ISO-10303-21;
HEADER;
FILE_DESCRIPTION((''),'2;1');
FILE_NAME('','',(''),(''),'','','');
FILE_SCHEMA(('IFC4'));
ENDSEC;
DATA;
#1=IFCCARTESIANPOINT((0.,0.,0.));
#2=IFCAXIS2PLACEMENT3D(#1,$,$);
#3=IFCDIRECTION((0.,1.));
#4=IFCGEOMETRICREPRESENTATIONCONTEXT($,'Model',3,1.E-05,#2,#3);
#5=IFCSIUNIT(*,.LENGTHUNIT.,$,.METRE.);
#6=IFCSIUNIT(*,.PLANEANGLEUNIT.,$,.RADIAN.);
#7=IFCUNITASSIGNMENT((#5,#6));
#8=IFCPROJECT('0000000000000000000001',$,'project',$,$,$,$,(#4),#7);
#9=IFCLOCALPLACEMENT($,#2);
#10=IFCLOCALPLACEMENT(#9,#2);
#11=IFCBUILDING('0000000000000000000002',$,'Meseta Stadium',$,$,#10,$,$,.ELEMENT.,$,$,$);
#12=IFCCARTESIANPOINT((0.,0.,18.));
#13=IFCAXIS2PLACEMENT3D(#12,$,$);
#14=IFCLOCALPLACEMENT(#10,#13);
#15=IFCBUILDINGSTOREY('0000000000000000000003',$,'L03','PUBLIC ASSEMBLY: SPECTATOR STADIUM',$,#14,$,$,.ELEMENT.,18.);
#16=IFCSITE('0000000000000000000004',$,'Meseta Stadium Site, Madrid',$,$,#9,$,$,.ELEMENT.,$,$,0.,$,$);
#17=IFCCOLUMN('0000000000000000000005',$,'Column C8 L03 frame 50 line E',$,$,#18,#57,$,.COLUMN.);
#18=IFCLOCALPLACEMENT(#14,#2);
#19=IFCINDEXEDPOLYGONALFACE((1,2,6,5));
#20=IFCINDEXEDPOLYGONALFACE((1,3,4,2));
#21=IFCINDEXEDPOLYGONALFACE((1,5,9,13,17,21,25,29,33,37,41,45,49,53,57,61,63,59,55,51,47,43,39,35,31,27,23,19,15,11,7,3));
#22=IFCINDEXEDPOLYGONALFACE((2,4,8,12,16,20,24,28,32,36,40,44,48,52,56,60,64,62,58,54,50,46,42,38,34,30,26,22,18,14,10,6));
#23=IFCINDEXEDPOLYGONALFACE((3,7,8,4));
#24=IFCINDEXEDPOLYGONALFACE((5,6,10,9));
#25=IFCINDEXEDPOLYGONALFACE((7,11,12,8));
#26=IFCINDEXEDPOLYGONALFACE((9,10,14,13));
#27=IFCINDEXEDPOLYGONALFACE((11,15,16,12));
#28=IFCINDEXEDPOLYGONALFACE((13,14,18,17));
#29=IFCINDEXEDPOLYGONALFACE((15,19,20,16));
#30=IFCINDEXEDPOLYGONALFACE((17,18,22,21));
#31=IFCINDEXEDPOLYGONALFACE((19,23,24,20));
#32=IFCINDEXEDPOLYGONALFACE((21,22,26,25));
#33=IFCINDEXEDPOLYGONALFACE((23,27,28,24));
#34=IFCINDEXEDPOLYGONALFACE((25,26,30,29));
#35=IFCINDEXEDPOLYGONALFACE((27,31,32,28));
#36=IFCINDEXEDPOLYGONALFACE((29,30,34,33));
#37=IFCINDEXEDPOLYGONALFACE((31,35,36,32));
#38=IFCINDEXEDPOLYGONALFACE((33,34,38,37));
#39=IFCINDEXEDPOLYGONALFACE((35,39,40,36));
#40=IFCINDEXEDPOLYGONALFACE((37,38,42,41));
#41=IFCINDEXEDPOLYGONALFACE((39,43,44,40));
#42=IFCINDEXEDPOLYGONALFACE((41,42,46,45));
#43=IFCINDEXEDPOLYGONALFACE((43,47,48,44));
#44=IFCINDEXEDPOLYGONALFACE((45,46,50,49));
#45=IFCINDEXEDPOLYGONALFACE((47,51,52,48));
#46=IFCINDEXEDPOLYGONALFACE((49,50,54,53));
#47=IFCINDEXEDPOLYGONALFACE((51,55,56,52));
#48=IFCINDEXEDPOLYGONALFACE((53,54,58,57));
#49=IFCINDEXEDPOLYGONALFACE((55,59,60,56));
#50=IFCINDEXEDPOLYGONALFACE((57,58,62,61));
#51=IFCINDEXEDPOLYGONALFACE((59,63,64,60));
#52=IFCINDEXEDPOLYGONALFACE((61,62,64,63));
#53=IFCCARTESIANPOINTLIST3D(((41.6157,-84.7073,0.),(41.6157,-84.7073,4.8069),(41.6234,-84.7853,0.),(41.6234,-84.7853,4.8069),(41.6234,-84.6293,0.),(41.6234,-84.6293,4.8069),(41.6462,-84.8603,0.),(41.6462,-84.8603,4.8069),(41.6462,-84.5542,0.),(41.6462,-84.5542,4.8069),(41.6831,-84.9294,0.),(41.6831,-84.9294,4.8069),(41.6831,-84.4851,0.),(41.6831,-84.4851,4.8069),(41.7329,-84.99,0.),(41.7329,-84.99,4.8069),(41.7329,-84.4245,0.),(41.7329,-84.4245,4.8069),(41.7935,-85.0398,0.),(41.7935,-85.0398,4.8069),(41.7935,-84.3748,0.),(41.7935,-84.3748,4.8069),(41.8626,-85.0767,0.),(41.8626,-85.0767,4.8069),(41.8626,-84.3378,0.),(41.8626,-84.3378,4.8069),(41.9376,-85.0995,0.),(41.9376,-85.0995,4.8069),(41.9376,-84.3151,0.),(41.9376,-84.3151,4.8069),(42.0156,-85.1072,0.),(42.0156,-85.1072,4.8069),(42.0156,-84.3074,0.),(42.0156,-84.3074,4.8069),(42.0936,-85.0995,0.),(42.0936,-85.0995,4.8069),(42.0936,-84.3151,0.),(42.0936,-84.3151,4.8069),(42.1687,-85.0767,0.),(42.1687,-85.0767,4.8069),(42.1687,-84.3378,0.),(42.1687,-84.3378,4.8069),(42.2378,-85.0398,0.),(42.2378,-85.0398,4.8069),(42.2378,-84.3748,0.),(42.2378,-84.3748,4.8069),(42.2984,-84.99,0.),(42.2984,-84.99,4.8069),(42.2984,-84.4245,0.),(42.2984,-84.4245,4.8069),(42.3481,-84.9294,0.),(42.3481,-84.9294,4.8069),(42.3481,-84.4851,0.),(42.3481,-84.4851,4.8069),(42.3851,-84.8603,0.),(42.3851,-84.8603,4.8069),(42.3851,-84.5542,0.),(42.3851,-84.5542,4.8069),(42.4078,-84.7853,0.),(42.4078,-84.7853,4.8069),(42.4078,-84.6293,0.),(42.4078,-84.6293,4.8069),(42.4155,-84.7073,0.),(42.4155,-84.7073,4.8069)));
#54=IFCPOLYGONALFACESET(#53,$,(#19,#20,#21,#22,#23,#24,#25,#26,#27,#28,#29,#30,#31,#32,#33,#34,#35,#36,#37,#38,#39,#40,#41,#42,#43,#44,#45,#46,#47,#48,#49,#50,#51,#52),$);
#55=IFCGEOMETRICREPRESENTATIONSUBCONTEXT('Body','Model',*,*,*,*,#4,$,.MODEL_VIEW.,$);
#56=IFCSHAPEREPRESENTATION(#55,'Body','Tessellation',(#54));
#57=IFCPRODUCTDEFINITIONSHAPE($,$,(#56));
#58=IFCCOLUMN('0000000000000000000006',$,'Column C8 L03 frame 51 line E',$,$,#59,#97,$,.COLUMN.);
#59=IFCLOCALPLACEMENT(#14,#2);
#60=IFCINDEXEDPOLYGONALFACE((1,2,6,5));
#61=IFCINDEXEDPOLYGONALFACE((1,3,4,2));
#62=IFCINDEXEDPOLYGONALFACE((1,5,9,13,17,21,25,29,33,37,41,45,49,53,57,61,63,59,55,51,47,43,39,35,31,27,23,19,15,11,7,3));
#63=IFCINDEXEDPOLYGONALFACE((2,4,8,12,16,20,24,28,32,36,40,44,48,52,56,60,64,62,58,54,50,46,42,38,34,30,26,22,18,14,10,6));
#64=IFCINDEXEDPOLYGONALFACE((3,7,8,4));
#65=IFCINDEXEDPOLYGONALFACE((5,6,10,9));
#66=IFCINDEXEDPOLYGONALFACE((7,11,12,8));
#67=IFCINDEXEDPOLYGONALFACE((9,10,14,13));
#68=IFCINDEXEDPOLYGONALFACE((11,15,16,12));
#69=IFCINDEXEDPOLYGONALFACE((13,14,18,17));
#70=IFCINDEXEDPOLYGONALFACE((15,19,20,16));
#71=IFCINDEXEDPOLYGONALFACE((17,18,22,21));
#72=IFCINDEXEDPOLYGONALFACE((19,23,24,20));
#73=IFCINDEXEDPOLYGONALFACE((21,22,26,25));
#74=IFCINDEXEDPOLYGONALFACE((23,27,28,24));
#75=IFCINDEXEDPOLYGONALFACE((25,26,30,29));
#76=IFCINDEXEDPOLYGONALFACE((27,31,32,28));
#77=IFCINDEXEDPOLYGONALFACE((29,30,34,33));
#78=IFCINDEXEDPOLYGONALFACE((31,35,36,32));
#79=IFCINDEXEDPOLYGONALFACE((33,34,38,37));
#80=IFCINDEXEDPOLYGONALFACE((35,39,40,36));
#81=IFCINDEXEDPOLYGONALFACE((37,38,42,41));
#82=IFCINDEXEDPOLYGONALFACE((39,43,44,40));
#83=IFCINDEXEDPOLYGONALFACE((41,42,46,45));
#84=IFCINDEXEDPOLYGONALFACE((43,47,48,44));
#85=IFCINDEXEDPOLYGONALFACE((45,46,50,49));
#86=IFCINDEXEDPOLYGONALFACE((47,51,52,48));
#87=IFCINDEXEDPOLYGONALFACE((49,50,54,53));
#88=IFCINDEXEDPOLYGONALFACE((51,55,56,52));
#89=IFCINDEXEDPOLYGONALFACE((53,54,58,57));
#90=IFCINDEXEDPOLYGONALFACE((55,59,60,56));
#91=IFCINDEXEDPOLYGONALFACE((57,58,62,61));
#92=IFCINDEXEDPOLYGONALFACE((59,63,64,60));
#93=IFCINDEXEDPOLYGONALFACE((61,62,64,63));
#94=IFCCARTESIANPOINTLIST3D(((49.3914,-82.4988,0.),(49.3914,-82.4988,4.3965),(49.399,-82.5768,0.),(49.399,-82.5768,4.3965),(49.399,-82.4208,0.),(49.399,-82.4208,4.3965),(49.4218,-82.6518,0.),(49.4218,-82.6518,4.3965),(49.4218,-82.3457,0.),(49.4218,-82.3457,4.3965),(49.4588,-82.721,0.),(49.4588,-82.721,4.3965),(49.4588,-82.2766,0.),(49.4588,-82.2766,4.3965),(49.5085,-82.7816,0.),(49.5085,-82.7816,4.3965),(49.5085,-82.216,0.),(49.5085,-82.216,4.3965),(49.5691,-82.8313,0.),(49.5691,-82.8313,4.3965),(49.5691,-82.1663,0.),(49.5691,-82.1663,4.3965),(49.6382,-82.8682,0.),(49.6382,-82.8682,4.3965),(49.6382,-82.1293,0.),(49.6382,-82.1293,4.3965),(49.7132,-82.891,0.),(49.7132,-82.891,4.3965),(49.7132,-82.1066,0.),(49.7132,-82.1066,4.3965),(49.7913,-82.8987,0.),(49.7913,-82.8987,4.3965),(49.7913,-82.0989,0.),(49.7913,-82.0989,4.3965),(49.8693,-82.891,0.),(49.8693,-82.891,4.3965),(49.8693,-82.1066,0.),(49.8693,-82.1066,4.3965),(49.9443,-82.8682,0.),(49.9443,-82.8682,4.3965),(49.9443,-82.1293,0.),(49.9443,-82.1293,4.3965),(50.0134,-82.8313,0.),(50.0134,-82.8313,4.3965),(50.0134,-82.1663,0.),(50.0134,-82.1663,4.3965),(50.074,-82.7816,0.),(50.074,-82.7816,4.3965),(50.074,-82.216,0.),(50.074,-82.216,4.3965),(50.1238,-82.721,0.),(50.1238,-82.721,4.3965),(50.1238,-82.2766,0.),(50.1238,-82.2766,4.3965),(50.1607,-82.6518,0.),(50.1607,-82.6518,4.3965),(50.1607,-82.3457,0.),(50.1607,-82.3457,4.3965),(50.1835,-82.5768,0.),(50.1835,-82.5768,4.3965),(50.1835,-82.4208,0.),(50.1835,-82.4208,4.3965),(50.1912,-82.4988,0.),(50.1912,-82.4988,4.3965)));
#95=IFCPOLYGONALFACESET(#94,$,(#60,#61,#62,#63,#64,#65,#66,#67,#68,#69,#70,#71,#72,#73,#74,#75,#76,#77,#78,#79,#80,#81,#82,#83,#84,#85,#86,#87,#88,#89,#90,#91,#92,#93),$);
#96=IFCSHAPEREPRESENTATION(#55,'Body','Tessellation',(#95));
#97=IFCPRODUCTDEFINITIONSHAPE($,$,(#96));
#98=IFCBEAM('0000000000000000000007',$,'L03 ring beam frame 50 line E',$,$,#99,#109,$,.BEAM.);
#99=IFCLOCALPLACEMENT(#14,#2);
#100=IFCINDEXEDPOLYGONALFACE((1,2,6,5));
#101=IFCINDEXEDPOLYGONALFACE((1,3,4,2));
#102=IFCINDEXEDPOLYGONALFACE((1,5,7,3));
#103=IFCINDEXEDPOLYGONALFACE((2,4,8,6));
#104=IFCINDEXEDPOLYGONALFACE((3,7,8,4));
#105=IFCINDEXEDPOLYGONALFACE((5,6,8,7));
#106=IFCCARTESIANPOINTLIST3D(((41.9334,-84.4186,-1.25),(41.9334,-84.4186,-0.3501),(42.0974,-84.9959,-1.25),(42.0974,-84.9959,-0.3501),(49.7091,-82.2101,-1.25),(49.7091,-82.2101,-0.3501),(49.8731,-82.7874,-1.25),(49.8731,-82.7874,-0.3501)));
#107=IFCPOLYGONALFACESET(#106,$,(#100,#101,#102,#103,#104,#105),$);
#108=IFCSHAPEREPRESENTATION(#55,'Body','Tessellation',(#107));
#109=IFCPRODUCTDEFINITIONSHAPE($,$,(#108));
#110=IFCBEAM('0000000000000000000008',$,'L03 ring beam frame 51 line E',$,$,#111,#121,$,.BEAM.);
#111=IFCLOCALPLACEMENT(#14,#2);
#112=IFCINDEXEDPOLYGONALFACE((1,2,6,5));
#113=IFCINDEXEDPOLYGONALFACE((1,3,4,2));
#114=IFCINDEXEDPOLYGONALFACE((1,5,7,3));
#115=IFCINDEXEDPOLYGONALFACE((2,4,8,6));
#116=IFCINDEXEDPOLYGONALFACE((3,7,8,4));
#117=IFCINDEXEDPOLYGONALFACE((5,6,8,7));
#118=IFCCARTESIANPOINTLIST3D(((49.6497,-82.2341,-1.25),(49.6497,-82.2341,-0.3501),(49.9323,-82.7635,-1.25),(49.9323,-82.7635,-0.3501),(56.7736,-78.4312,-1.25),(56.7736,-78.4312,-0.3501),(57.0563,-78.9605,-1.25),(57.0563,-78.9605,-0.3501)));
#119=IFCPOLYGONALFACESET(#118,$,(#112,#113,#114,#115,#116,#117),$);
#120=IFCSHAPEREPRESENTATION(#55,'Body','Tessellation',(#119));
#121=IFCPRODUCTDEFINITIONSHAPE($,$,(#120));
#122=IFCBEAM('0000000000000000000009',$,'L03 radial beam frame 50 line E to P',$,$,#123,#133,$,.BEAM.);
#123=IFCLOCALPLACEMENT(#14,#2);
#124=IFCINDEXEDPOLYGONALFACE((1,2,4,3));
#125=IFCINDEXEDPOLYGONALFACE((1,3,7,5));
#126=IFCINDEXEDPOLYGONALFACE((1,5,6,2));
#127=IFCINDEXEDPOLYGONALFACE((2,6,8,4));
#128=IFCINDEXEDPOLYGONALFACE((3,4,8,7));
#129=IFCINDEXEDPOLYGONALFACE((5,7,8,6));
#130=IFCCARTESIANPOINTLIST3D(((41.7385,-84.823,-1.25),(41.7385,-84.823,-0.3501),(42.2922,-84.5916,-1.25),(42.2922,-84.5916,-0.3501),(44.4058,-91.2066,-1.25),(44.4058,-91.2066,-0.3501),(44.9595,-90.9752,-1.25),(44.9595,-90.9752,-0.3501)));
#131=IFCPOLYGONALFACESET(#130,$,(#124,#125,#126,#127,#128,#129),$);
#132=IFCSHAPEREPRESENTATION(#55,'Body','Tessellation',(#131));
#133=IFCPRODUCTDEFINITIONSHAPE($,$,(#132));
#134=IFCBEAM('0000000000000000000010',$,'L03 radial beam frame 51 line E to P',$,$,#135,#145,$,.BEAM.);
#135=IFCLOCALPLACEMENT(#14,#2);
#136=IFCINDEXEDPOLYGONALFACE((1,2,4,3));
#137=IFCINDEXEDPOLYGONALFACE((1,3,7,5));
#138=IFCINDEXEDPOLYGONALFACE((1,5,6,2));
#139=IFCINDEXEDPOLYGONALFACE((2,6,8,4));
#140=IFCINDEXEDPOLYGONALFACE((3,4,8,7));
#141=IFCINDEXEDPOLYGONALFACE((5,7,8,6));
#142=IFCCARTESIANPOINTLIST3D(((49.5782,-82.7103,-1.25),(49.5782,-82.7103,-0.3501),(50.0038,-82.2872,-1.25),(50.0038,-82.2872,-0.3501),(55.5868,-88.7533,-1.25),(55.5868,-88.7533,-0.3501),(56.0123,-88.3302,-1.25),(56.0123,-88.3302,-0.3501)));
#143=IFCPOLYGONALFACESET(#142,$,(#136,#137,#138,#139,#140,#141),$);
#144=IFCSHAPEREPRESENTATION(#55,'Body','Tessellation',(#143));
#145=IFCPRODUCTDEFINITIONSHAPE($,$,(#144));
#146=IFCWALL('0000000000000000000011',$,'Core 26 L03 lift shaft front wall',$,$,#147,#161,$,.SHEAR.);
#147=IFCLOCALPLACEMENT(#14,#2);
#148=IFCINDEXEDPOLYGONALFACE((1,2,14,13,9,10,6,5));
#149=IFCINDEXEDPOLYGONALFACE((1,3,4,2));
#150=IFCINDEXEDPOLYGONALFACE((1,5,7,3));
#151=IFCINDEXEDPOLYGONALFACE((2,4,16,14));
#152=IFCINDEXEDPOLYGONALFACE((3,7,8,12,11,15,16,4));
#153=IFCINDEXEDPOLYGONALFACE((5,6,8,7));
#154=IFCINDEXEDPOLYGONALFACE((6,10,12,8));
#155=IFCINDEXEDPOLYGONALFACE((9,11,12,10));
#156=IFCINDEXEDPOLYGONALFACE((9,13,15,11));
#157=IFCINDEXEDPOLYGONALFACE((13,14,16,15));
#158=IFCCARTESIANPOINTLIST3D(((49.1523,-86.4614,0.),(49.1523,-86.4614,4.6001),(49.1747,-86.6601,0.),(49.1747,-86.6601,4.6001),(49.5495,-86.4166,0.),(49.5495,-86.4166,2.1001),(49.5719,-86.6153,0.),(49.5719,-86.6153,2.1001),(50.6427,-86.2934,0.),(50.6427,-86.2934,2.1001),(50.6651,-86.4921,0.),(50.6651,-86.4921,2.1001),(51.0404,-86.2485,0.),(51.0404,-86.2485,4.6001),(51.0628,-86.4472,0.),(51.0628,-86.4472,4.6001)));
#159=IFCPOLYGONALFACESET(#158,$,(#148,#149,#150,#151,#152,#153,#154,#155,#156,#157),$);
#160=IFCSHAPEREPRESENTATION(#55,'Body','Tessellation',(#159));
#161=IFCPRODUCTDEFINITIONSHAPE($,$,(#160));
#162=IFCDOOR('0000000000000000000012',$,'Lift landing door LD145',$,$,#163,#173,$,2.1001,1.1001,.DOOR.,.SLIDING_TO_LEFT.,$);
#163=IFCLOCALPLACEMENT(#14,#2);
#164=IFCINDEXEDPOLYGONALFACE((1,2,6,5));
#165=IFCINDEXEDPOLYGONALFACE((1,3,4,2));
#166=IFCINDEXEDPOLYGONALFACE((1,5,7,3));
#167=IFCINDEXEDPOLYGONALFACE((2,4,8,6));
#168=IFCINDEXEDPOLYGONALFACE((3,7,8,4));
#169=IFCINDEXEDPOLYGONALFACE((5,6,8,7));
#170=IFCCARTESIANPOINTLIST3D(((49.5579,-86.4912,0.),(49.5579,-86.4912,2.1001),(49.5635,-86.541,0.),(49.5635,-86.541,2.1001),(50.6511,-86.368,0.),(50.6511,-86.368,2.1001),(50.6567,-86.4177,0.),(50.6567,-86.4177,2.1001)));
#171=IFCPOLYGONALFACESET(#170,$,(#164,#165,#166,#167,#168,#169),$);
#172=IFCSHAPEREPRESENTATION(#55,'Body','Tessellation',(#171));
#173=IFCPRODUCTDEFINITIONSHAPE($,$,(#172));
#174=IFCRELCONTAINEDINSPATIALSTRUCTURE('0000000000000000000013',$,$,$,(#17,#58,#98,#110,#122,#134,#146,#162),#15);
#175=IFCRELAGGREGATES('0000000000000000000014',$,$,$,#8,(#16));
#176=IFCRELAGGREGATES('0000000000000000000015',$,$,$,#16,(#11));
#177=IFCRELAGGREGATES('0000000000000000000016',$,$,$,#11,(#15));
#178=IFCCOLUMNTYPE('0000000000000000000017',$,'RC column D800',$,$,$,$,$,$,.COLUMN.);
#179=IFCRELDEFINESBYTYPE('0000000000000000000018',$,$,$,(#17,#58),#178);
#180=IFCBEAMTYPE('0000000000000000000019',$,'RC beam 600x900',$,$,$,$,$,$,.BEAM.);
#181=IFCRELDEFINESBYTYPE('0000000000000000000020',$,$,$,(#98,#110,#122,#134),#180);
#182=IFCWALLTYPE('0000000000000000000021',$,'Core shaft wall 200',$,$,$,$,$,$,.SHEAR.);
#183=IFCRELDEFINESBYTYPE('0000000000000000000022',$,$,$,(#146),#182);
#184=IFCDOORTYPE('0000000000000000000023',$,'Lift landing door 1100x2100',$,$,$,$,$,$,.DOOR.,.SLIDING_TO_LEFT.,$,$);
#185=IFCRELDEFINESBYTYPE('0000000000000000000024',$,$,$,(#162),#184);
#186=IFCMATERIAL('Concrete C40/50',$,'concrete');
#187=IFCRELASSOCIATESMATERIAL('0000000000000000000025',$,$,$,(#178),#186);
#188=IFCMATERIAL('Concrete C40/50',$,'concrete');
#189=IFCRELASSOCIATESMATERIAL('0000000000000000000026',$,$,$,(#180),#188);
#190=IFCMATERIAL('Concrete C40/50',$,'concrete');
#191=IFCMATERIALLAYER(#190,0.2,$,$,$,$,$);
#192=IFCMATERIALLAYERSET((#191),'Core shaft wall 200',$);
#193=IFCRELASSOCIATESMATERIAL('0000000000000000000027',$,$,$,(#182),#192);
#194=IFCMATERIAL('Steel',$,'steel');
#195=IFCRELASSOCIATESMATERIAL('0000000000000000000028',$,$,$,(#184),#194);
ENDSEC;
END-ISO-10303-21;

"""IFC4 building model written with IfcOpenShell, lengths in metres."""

from ifc_helpers import new_model, si_unit, direction, frame, frame_2d, origin, origin_2d, place, context, subcontext, project, spatial, rectangle, circle, extrude, material, layer, layer_set, material_profile, profile_set, type_object, element, fill, save


model = new_model("IFC4")

# Units and contexts
model_context = context("Model", 3, precision=1e-05, world=origin(), true_north=direction((0.0, 1.0)))
body_context = subcontext(model_context, "Body", "Model", "MODEL_VIEW")
ifc_project = project(units=[si_unit("LENGTHUNIT", "METRE"), si_unit("PLANEANGLEUNIT", "RADIAN")], contexts=[model_context])

# Site, building, storey
site_placement = place(None, origin())
site = spatial("IfcSite", under=ifc_project, at=site_placement, Name="Meseta Stadium Site, Madrid", CompositionType="ELEMENT", RefElevation=0.0)
building_placement = place(site_placement, origin())
building = spatial("IfcBuilding", under=site, at=building_placement, Name="Meseta Stadium", CompositionType="ELEMENT")
storey_placement = place(building_placement, frame((0.0, 0.0, 18.0)))
storey = spatial("IfcBuildingStorey", under=building, at=storey_placement, Name="L03", Description="PUBLIC ASSEMBLY: SPECTATOR STADIUM", CompositionType="ELEMENT", Elevation=18.0)

# Columns
ifc_material_1 = material(Name="Concrete C40/50", Category="concrete")
ifc_material_profile_1 = material_profile(ifc_material_1, circle(Radius=0.3999, at=origin_2d()), Name="RC D800")
ifc_profile_set_1 = profile_set([ifc_material_profile_1], Name="Concrete C40/50")
column_type = type_object("IfcColumnType", Name="RC column D800", PredefinedType="COLUMN", material=ifc_profile_set_1)
column_1_placement = place(storey_placement, frame((42.0156, -84.7073, 0.0), z_axis=(0.0, 0.0, 1.0), x_axis=(1.0, 0.0, 0.0)))
element("IfcColumn", 1, at=column_1_placement, inside=storey, type_object=column_type, Name="Column C8 L03 frame 50 line E", PredefinedType="COLUMN", context=body_context, shape_type="SweptSolid", body=[
    extrude(circle(Radius=0.3999, at=origin_2d()), origin(), (0.0, 0.0, 1.0), 4.8069),
])
column_2_placement = place(storey_placement, frame((49.7913, -82.4988, 0.0), z_axis=(0.0, 0.0, 1.0), x_axis=(1.0, 0.0, 0.0)))
element("IfcColumn", 2, at=column_2_placement, inside=storey, type_object=column_type, Name="Column C8 L03 frame 51 line E", PredefinedType="COLUMN", context=body_context, shape_type="SweptSolid", body=[
    extrude(circle(Radius=0.3999, at=origin_2d()), origin(), (0.0, 0.0, 1.0), 4.3965),
])

# Beams
ifc_material_2 = material(Name="Concrete C40/50", Category="concrete")
ifc_material_profile_2 = material_profile(ifc_material_2, rectangle(XDim=0.6001, YDim=0.8999, at=origin_2d()), Name="RC 600x900")
ifc_profile_set_2 = profile_set([ifc_material_profile_2], Name="Concrete C40/50")
beam_type = type_object("IfcBeamType", Name="RC beam 600x900", PredefinedType="BEAM", material=ifc_profile_set_2)
beam_1_placement = place(storey_placement, frame((42.0154, -84.7073, -0.8), z_axis=(0.961951, 0.273221, 0.0), x_axis=(-0.273221, 0.961951, 0.0)))
element("IfcBeam", 3, at=beam_1_placement, inside=storey, type_object=beam_type, Name="L03 ring beam frame 50 line E", PredefinedType="BEAM", context=body_context, shape_type="SweptSolid", body=[
    extrude(rectangle(XDim=0.6001, YDim=0.8999, at=origin_2d()), origin(), (0.0, 0.0, 1.0), 8.0833),
])
beam_2_placement = place(storey_placement, frame((49.791, -82.4988, -0.8), z_axis=(0.882173, 0.470926, 0.0), x_axis=(-0.470926, 0.882173, 0.0)))
element("IfcBeam", 4, at=beam_2_placement, inside=storey, type_object=beam_type, Name="L03 ring beam frame 51 line E", PredefinedType="BEAM", context=body_context, shape_type="SweptSolid", body=[
    extrude(rectangle(XDim=0.6001, YDim=0.8999, at=origin_2d()), origin(), (0.0, 0.0, 1.0), 8.0754),
])
beam_3_placement = place(storey_placement, frame((42.0154, -84.7073, -0.8), z_axis=(0.38553, -0.922695, 0.0), x_axis=(0.922695, 0.38553, 0.0)))
element("IfcBeam", 5, at=beam_3_placement, inside=storey, type_object=beam_type, Name="L03 radial beam frame 50 line E to P", PredefinedType="BEAM", context=body_context, shape_type="SweptSolid", body=[
    extrude(rectangle(XDim=0.6001, YDim=0.8999, at=origin_2d()), origin(), (0.0, 0.0, 1.0), 6.9185),
])
beam_4_placement = place(storey_placement, frame((49.791, -82.4988, -0.8), z_axis=(0.705084, -0.709124, 0.0), x_axis=(0.709124, 0.705084, 0.0)))
element("IfcBeam", 6, at=beam_4_placement, inside=storey, type_object=beam_type, Name="L03 radial beam frame 51 line E to P", PredefinedType="BEAM", context=body_context, shape_type="SweptSolid", body=[
    extrude(rectangle(XDim=0.6001, YDim=0.8999, at=origin_2d()), origin(), (0.0, 0.0, 1.0), 8.5217),
])

# Wall, opening, door
ifc_material_3 = material(Name="Concrete C40/50", Category="concrete")
ifc_layer_1 = layer(ifc_material_3, 0.2)
ifc_layer_set_1 = layer_set([ifc_layer_1], Name="Core shaft wall 200")
wall_type_1 = type_object("IfcWallType", Name="Core shaft wall 200", PredefinedType="SHEAR", material=ifc_layer_set_1)
wall_1_placement = place(storey_placement, frame((49.1633, -86.5608, 0.0), z_axis=(0.0, 0.0, 1.0), x_axis=(0.993704, 0.112039, 0.0)))
wall_1 = element("IfcWall", 7, at=wall_1_placement, inside=storey, type_object=wall_type_1, Name="Core 26 L03 lift shaft front wall", PredefinedType="SHEAR", context=body_context, shape_type="SweptSolid", body=[
    extrude(rectangle(XDim=1.9001, YDim=0.2, at=frame_2d((0.9502, 0.0))), origin(), (0.0, 0.0, 1.0), 4.6001),
])
opening_1_placement = place(wall_1_placement, frame((0.3999, 0.0, 0.0)))
opening_1 = element("IfcOpeningElement", 8, at=opening_1_placement, cuts=wall_1, PredefinedType="OPENING", context=body_context, shape_type="SweptSolid", body=[
    extrude(rectangle(XDim=1.1001, YDim=2.1001, at=frame_2d((0.55, 1.05))), frame((0.0, 0.1099, 0.0), z_axis=(0.0, -1.0, 0.0), x_axis=(1.0, 0.0, 0.0)), (0.0, 0.0, 1.0), 0.22),
])
ifc_material_4 = material(Name="Steel", Category="steel")
door_type_1 = type_object("IfcDoorType", Name="Lift landing door 1100x2100", OperationType="SLIDING_TO_LEFT", PredefinedType="DOOR", material=ifc_material_4)
door_1_placement = place(opening_1_placement, origin())
door_1 = element("IfcDoor", 9, at=door_1_placement, inside=storey, type_object=door_type_1, Name="Lift landing door LD145", OperationType="SLIDING_TO_LEFT", OverallHeight=2.1001, OverallWidth=1.1001, PredefinedType="DOOR", context=body_context, shape_type="SweptSolid", body=[
    extrude(rectangle(XDim=1.1001, YDim=2.1001, at=frame_2d((0.55, 1.05))), frame((0.0, 0.0249, 0.0), z_axis=(0.0, -1.0, 0.0), x_axis=(1.0, 0.0, 0.0)), (0.0, 0.0, 1.0), 0.05),
])
fill(opening_1, door_1)

save(model, "model.ifc")
